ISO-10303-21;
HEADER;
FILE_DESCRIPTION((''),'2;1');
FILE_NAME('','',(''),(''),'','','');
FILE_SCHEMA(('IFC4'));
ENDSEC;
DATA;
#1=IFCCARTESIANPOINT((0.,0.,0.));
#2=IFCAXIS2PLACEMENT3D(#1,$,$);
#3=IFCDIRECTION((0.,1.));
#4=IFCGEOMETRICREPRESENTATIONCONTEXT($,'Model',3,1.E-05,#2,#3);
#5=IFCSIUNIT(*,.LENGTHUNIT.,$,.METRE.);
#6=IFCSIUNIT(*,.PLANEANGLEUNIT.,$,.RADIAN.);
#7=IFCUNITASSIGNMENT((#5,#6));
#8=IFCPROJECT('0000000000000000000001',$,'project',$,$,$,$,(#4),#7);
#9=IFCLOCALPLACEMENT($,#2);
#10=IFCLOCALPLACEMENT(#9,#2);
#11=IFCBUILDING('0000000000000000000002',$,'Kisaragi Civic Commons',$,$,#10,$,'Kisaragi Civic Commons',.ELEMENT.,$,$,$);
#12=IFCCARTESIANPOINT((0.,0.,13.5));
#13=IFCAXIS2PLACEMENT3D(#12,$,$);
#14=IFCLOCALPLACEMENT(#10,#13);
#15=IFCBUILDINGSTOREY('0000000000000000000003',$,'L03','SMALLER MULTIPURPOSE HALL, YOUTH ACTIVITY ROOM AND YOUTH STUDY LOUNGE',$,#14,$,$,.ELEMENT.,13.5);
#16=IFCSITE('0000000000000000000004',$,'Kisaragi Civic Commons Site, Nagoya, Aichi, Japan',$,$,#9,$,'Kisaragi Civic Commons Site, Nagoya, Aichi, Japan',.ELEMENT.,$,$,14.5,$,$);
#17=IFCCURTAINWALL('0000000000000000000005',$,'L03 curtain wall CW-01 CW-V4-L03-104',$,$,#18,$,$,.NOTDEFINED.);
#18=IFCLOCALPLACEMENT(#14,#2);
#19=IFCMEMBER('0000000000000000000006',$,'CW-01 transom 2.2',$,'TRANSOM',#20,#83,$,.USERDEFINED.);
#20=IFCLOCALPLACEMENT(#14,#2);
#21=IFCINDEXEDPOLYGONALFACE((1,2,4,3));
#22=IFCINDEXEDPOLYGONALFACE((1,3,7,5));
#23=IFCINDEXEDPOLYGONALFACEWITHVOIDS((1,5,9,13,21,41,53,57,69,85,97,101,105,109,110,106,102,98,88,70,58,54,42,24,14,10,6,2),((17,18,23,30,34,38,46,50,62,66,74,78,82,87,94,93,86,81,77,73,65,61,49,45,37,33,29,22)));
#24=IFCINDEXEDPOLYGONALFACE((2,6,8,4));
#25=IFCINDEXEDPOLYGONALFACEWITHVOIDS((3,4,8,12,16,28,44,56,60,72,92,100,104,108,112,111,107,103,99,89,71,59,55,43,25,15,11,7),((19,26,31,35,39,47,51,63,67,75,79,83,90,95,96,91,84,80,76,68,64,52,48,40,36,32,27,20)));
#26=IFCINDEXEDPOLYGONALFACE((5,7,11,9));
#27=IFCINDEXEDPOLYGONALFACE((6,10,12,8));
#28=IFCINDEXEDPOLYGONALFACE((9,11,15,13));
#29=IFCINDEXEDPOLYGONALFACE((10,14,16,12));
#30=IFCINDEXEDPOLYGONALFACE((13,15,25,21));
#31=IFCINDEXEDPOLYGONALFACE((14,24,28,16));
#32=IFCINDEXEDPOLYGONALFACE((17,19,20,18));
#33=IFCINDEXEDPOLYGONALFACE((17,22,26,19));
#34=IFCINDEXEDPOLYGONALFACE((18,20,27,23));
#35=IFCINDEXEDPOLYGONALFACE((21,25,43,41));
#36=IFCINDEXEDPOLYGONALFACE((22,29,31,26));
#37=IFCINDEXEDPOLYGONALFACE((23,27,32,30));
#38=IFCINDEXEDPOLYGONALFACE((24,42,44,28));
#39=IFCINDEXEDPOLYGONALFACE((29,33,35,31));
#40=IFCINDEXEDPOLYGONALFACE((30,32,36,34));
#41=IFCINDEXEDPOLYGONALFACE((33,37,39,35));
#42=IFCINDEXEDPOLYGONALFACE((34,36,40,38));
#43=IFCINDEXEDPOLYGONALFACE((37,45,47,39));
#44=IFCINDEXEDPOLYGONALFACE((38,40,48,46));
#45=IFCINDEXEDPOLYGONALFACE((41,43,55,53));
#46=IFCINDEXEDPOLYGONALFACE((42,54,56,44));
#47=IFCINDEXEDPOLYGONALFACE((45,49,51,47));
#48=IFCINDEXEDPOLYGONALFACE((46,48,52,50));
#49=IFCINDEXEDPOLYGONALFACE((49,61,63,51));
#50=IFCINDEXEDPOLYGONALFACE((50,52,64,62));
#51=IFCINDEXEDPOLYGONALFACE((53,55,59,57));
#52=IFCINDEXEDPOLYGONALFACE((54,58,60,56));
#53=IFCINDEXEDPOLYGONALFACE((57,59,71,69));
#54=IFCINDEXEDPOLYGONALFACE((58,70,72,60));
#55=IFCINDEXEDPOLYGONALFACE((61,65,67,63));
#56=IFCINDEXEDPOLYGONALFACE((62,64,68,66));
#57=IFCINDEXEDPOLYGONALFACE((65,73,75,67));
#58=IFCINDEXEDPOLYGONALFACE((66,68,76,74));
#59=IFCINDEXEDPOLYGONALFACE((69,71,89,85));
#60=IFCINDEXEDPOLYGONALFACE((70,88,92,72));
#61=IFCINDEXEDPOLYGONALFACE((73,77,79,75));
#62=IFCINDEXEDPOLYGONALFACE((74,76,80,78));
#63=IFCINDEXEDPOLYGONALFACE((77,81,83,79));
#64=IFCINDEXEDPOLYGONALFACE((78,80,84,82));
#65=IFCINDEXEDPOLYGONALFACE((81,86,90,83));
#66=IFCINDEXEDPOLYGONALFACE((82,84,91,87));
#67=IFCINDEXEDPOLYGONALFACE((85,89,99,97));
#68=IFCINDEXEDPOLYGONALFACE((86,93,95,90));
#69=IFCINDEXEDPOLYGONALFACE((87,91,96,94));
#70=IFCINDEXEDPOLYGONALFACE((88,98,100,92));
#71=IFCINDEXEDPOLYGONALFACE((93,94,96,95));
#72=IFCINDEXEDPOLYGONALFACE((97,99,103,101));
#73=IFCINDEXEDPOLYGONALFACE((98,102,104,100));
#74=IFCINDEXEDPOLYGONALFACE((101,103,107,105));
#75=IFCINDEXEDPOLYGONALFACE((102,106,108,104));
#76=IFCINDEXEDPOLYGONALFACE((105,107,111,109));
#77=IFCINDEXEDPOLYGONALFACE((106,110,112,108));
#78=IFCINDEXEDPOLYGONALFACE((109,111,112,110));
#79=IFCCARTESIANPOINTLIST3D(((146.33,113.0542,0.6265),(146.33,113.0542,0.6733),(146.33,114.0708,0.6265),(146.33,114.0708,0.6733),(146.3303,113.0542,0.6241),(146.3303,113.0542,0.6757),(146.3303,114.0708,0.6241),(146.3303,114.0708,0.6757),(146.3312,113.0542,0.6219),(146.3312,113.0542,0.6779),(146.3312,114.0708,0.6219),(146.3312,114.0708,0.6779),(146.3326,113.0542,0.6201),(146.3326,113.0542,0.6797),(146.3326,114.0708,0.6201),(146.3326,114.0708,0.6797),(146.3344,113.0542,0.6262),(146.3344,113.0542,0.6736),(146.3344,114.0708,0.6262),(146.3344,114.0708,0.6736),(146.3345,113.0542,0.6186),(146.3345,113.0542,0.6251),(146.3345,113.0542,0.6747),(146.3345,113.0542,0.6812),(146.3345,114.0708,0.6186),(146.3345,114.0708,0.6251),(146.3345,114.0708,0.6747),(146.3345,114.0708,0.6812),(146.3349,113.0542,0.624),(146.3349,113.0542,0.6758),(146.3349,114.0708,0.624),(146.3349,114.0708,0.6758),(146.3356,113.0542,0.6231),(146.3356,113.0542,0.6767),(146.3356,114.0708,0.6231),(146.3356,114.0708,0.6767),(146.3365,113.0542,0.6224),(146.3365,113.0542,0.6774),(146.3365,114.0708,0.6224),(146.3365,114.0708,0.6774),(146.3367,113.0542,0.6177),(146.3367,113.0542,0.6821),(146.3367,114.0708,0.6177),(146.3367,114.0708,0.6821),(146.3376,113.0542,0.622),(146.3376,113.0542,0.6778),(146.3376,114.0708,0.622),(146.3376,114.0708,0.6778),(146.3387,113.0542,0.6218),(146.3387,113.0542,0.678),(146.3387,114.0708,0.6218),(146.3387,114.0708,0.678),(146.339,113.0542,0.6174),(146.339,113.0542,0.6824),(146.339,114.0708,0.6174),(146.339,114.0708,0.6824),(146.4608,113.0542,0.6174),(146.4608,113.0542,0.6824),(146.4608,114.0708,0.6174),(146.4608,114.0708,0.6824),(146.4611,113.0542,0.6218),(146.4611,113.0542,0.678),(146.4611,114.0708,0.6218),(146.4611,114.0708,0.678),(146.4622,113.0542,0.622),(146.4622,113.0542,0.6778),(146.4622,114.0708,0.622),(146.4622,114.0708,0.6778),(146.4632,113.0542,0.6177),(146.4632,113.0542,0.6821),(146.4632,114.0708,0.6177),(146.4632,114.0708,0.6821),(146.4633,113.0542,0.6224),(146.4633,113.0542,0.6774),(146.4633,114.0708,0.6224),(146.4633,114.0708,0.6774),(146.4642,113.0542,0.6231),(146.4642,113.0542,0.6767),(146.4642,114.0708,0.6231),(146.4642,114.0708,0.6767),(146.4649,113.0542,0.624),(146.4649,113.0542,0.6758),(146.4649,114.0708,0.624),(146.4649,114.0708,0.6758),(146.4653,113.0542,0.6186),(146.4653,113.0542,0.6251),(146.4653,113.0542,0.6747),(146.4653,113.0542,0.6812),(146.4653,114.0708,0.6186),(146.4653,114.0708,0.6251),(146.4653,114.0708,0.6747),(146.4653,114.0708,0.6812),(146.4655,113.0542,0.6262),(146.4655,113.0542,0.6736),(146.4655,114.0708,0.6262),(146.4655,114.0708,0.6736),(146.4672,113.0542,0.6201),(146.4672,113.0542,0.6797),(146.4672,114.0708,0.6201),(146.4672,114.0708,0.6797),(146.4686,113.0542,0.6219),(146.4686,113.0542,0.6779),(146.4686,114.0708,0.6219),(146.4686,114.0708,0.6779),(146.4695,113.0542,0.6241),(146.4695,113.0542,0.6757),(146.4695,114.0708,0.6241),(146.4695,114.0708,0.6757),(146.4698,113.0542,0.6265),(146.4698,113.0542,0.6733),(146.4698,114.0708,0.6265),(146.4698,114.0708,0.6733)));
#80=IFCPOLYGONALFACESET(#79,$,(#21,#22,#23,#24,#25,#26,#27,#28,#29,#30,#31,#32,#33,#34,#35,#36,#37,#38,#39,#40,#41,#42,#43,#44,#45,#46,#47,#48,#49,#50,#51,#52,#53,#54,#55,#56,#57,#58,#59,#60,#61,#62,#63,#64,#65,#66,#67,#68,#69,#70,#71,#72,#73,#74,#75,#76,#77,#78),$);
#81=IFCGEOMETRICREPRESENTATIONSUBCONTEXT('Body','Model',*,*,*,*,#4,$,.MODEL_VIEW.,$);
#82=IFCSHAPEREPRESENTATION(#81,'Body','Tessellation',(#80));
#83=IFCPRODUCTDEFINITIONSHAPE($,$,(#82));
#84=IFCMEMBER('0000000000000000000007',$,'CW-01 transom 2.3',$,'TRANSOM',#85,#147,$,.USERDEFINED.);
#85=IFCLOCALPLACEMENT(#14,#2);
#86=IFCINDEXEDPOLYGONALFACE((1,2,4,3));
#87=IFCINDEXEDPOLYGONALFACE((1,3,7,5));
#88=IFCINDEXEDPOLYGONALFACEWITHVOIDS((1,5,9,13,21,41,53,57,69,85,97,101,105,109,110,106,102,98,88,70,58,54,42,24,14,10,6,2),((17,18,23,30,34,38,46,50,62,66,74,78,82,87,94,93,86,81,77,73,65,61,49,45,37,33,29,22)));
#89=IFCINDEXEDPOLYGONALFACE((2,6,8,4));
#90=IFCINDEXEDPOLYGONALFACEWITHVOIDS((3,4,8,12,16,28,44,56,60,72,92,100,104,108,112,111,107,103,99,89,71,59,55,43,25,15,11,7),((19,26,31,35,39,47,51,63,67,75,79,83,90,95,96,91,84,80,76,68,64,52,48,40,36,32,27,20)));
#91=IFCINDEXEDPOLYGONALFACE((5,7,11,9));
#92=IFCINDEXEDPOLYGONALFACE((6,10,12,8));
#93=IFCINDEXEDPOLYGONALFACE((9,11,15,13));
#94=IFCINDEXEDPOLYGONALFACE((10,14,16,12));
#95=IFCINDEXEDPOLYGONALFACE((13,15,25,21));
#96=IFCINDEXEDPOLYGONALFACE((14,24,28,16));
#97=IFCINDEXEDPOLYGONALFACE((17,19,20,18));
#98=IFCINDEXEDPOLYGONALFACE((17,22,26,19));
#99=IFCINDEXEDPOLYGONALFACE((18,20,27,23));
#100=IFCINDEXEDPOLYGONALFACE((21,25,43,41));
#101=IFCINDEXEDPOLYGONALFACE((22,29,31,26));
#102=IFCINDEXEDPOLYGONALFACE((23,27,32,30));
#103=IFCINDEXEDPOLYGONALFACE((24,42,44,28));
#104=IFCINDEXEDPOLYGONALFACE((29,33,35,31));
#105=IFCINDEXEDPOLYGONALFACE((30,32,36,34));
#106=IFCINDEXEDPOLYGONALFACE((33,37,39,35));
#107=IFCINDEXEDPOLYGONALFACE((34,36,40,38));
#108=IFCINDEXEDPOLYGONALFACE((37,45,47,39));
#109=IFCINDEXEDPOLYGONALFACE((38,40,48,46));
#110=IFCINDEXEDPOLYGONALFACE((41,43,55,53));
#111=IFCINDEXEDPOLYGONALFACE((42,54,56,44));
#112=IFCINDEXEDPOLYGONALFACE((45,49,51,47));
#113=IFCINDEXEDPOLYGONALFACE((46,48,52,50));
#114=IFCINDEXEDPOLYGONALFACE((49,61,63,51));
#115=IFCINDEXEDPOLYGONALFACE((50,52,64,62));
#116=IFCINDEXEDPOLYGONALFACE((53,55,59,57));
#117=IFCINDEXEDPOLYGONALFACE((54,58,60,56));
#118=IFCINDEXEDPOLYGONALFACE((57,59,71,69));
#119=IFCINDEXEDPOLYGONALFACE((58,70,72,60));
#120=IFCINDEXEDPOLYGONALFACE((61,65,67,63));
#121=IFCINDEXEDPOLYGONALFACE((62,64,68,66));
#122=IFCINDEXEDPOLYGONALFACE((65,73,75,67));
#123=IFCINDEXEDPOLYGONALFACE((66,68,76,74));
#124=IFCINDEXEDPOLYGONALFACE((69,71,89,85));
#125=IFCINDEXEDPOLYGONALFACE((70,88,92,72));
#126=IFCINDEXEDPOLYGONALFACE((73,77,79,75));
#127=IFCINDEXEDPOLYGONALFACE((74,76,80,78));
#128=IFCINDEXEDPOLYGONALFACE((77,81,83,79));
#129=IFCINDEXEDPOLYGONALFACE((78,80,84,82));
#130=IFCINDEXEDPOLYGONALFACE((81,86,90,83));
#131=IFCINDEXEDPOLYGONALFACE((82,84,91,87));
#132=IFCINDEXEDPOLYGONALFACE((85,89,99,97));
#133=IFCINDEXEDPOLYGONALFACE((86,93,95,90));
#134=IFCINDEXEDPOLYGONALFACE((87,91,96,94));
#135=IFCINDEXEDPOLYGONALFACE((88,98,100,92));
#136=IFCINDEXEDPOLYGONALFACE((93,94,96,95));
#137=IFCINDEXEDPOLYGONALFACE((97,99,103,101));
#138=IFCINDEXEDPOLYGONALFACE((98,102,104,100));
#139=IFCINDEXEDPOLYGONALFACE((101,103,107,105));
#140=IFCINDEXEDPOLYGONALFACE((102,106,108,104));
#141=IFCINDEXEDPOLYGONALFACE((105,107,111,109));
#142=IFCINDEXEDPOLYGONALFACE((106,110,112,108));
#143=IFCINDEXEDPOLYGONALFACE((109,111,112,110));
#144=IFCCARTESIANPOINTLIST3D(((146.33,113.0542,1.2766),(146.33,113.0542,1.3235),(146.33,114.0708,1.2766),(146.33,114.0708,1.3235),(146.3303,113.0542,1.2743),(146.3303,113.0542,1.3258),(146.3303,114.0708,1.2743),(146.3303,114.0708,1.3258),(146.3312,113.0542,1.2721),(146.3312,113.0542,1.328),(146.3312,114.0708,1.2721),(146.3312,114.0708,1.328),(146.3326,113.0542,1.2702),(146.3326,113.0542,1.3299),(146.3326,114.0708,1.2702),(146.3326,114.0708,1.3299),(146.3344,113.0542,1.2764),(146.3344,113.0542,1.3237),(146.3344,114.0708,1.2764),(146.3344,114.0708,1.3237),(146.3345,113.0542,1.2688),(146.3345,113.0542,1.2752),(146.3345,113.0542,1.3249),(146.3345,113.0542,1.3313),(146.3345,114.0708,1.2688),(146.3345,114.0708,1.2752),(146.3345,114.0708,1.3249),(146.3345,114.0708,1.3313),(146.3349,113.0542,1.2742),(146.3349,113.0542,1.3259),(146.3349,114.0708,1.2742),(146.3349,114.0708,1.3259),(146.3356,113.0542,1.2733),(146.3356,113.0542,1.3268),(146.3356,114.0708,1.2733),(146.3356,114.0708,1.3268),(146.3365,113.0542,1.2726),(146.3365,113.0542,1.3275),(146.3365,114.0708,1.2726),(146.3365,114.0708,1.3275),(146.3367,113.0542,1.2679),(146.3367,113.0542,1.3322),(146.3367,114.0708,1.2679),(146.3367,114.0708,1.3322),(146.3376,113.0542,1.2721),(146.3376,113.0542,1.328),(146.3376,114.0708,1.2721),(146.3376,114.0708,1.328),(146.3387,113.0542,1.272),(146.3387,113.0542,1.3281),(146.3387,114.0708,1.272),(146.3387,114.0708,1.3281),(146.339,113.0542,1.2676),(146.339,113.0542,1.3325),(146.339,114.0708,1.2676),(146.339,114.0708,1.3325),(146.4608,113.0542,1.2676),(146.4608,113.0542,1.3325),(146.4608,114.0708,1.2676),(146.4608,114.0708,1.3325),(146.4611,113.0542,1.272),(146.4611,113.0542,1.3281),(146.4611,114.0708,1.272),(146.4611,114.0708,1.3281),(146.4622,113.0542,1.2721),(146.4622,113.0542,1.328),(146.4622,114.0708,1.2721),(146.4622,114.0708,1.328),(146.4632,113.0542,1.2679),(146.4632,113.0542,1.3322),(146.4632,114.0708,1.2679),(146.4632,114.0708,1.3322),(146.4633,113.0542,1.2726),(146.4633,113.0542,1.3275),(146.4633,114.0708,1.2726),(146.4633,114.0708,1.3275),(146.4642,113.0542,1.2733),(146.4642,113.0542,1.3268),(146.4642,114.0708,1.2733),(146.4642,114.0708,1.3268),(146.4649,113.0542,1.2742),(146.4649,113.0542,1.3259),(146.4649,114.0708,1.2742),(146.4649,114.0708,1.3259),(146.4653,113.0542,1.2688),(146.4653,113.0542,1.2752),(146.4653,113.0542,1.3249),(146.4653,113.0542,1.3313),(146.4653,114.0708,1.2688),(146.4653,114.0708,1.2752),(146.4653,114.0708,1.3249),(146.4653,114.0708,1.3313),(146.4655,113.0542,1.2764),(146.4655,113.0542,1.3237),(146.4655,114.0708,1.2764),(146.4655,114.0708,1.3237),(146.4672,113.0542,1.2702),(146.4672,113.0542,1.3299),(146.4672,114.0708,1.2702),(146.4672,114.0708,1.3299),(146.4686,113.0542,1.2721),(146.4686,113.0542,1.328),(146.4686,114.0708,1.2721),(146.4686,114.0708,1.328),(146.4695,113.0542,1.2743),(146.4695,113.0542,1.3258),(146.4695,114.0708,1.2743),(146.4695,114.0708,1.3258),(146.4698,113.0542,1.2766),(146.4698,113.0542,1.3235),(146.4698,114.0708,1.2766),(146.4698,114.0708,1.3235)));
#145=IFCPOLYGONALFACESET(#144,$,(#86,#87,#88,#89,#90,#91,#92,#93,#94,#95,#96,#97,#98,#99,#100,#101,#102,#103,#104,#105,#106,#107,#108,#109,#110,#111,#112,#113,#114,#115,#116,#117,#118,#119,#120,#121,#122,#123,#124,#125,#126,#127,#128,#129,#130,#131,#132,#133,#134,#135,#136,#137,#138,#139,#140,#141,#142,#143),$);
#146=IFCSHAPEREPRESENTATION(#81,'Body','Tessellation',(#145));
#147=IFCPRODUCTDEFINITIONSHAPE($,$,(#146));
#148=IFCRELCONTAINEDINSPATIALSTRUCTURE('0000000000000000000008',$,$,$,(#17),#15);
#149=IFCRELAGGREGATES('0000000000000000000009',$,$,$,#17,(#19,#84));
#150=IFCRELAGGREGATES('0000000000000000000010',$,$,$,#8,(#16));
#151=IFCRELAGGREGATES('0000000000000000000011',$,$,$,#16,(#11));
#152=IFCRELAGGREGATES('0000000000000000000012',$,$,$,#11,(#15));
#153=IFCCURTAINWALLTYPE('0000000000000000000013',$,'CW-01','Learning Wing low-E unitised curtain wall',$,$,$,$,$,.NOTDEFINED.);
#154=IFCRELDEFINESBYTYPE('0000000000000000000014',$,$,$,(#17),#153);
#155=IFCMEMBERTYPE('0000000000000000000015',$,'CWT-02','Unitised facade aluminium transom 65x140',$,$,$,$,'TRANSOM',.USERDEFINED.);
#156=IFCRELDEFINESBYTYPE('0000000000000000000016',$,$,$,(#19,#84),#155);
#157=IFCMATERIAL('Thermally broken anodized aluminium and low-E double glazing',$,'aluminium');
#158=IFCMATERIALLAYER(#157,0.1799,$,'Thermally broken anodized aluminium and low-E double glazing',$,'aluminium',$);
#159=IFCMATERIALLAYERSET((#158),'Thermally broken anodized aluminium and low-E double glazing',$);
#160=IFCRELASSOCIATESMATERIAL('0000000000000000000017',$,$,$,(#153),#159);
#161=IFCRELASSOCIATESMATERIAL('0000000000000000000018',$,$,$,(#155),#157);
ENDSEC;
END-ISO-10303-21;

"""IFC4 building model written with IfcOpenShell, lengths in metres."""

from ifc_helpers import new_model, si_unit, direction, frame, origin, origin_2d, place, context, subcontext, project, spatial, hollow_rectangle, extrude, material, layer, layer_set, material_profile, profile_set, type_object, element, aggregate, save


model = new_model("IFC4")

# Units and contexts
model_context = context("Model", 3, precision=1e-05, world=origin(), true_north=direction((0.0, 1.0)))
body_context = subcontext(model_context, "Body", "Model", "MODEL_VIEW")
ifc_project = project(units=[si_unit("LENGTHUNIT", "METRE"), si_unit("PLANEANGLEUNIT", "RADIAN")], contexts=[model_context])

# Site, building, storey
site_placement = place(None, origin())
site = spatial("IfcSite", under=ifc_project, at=site_placement, Name="Kisaragi Civic Commons Site, Nagoya, Aichi, Japan", LongName="Kisaragi Civic Commons Site, Nagoya, Aichi, Japan", CompositionType="ELEMENT", RefElevation=14.5)
building_placement = place(site_placement, origin())
building = spatial("IfcBuilding", under=site, at=building_placement, Name="Kisaragi Civic Commons", LongName="Kisaragi Civic Commons", CompositionType="ELEMENT")
storey_placement = place(building_placement, frame((0.0, 0.0, 13.5)))
storey = spatial("IfcBuildingStorey", under=building, at=storey_placement, Name="L03", Description="SMALLER MULTIPURPOSE HALL, YOUTH ACTIVITY ROOM AND YOUTH STUDY LOUNGE", CompositionType="ELEMENT", Elevation=13.5)

# Curtain wall
ifc_material = material(Name="Thermally broken anodized aluminium and low-E double glazing", Category="aluminium")
ifc_layer_1 = layer(ifc_material, 0.1799, Name="Thermally broken anodized aluminium and low-E double glazing", Category="aluminium")
ifc_layer_set_1 = layer_set([ifc_layer_1], Name="Thermally broken anodized aluminium and low-E double glazing")
curtain_wall_type = type_object("IfcCurtainWallType", Name="CW-01", Description="Learning Wing low-E unitised curtain wall", PredefinedType="NOTDEFINED", material=ifc_layer_set_1)
curtain_wall_1_placement = place(storey_placement, origin())
curtain_wall_1 = element("IfcCurtainWall", 1, at=curtain_wall_1_placement, inside=storey, type_object=curtain_wall_type, Name="L03 curtain wall CW-01 CW-V4-L03-104", PredefinedType="NOTDEFINED")

# Members
ifc_material_profile_1 = material_profile(ifc_material, hollow_rectangle(XDim=0.1399, YDim=0.0649, WallThickness=0.0044, InnerFilletRadius=0.0044, OuterFilletRadius=0.009, at=origin_2d()), Name="CWT-65x140x4.5", Category="aluminium")
ifc_profile_set_1 = profile_set([ifc_material_profile_1], Name="Thermally broken anodized aluminium and low-E double glazing")
member_type_1 = type_object("IfcMemberType", Name="CWT-02", Description="Unitised facade aluminium transom 65x140", ElementType="TRANSOM", PredefinedType="USERDEFINED", material=ifc_profile_set_1)
member_1_placement = place(storey_placement, frame((146.3999, 114.0708, 0.6499), z_axis=(0.0, -1.0, 0.0), x_axis=(1.0, 0.0, 0.0)))
member_1 = element("IfcMember", 2, at=member_1_placement, type_object=member_type_1, Name="CW-01 transom 2.2", ObjectType="TRANSOM", PredefinedType="USERDEFINED", context=body_context, shape_type="SweptSolid", body=[
    extrude(hollow_rectangle(XDim=0.1399, YDim=0.0649, WallThickness=0.0044, InnerFilletRadius=0.0044, OuterFilletRadius=0.009, at=origin_2d()), origin(), (0.0, 0.0, 1.0), 1.0166),
])
member_2_placement = place(storey_placement, frame((146.3999, 114.0708, 1.3), z_axis=(0.0, -1.0, 0.0), x_axis=(1.0, 0.0, 0.0)))
member_2 = element("IfcMember", 3, at=member_2_placement, type_object=member_type_1, Name="CW-01 transom 2.3", ObjectType="TRANSOM", PredefinedType="USERDEFINED", context=body_context, shape_type="SweptSolid", body=[
    extrude(hollow_rectangle(XDim=0.1399, YDim=0.0649, WallThickness=0.0044, InnerFilletRadius=0.0044, OuterFilletRadius=0.009, at=origin_2d()), origin(), (0.0, 0.0, 1.0), 1.0166),
])

aggregate(curtain_wall_1, [member_1, member_2])

save(model, "model.ifc")
